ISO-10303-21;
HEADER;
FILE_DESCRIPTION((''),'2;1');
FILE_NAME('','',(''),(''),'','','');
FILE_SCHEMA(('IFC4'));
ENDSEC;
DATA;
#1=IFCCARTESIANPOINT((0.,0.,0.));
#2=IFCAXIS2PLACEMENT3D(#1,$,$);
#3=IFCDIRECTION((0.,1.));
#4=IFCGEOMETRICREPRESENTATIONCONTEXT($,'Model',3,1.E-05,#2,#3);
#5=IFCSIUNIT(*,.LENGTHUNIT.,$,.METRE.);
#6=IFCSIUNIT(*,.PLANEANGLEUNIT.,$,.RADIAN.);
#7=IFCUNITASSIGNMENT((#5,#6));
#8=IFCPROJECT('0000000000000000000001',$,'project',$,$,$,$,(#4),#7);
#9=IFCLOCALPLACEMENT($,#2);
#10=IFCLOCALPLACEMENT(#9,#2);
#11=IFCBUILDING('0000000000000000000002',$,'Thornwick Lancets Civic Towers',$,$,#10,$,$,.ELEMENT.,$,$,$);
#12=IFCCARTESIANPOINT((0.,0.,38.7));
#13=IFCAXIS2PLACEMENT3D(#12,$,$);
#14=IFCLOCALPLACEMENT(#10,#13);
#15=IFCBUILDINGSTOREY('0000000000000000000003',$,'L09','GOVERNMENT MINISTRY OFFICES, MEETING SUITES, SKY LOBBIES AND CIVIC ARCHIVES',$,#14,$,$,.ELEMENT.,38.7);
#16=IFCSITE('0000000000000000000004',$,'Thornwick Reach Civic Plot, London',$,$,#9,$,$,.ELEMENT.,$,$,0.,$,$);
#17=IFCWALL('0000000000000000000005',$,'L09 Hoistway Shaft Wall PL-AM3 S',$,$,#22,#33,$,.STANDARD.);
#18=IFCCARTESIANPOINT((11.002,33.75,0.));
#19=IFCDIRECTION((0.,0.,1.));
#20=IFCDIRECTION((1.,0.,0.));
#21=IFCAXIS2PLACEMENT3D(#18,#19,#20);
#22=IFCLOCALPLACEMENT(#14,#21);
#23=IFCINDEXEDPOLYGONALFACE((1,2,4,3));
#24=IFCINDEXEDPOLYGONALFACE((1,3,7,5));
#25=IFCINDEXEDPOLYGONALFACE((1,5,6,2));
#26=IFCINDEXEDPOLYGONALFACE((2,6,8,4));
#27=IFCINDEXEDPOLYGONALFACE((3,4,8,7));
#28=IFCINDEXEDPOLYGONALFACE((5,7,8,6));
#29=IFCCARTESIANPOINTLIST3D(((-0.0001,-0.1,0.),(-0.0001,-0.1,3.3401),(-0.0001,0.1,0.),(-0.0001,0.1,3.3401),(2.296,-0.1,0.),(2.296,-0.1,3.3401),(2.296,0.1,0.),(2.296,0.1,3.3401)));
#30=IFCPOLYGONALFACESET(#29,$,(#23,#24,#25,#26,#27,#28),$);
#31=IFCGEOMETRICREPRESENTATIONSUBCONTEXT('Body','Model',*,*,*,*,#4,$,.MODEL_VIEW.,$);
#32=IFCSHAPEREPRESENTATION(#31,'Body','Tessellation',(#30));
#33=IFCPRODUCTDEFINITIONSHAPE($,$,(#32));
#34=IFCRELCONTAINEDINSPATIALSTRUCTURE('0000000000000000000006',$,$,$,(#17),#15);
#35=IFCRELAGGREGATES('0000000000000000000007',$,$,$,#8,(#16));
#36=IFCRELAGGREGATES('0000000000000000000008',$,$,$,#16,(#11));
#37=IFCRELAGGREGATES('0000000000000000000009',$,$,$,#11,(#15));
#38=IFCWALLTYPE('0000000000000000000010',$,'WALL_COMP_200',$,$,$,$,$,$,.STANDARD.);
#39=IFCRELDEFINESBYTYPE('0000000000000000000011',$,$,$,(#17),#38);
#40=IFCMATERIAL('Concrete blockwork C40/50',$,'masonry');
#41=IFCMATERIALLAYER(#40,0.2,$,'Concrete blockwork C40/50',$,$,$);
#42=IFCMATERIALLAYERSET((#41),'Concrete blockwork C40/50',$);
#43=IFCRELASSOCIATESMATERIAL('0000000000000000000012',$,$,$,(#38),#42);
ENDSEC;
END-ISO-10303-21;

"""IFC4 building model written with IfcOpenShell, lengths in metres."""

from ifc_helpers import new_model, si_unit, direction, frame, frame_2d, origin, place, context, subcontext, project, spatial, rectangle, extrude, material, layer, layer_set, type_object, element, save


model = new_model("IFC4")

# Units and contexts
model_context = context("Model", 3, precision=1e-05, world=origin(), true_north=direction((0.0, 1.0)))
body_context = subcontext(model_context, "Body", "Model", "MODEL_VIEW")
ifc_project = project(units=[si_unit("LENGTHUNIT", "METRE"), si_unit("PLANEANGLEUNIT", "RADIAN")], contexts=[model_context])

# Site, building, storey
site_placement = place(None, origin())
site = spatial("IfcSite", under=ifc_project, at=site_placement, Name="Thornwick Reach Civic Plot, London", CompositionType="ELEMENT", RefElevation=0.0)
building_placement = place(site_placement, origin())
building = spatial("IfcBuilding", under=site, at=building_placement, Name="Thornwick Lancets Civic Towers", CompositionType="ELEMENT")
storey_placement = place(building_placement, frame((0.0, 0.0, 38.7)))
storey = spatial("IfcBuildingStorey", under=building, at=storey_placement, Name="L09", Description="GOVERNMENT MINISTRY OFFICES, MEETING SUITES, SKY LOBBIES AND CIVIC ARCHIVES", CompositionType="ELEMENT", Elevation=38.7)

# Wall
ifc_material_1 = material(Name="Concrete blockwork C40/50", Category="masonry")
ifc_layer_1 = layer(ifc_material_1, 0.2, Name="Concrete blockwork C40/50")
ifc_layer_set_1 = layer_set([ifc_layer_1], Name="Concrete blockwork C40/50")
wall_type_1 = type_object("IfcWallType", Name="WALL_COMP_200", PredefinedType="STANDARD", material=ifc_layer_set_1)
wall_1_placement = place(storey_placement, frame((11.002, 33.75, 0.0), z_axis=(0.0, 0.0, 1.0), x_axis=(1.0, 0.0, 0.0)))
element("IfcWall", 1, at=wall_1_placement, inside=storey, type_object=wall_type_1, Name="L09 Hoistway Shaft Wall PL-AM3 S", PredefinedType="STANDARD", context=body_context, shape_type="SweptSolid", body=[
    extrude(rectangle(XDim=2.2961, YDim=0.2, at=frame_2d((1.1479, 0.0))), origin(), (0.0, 0.0, 1.0), 3.3401),
])

save(model, "model.ifc")
